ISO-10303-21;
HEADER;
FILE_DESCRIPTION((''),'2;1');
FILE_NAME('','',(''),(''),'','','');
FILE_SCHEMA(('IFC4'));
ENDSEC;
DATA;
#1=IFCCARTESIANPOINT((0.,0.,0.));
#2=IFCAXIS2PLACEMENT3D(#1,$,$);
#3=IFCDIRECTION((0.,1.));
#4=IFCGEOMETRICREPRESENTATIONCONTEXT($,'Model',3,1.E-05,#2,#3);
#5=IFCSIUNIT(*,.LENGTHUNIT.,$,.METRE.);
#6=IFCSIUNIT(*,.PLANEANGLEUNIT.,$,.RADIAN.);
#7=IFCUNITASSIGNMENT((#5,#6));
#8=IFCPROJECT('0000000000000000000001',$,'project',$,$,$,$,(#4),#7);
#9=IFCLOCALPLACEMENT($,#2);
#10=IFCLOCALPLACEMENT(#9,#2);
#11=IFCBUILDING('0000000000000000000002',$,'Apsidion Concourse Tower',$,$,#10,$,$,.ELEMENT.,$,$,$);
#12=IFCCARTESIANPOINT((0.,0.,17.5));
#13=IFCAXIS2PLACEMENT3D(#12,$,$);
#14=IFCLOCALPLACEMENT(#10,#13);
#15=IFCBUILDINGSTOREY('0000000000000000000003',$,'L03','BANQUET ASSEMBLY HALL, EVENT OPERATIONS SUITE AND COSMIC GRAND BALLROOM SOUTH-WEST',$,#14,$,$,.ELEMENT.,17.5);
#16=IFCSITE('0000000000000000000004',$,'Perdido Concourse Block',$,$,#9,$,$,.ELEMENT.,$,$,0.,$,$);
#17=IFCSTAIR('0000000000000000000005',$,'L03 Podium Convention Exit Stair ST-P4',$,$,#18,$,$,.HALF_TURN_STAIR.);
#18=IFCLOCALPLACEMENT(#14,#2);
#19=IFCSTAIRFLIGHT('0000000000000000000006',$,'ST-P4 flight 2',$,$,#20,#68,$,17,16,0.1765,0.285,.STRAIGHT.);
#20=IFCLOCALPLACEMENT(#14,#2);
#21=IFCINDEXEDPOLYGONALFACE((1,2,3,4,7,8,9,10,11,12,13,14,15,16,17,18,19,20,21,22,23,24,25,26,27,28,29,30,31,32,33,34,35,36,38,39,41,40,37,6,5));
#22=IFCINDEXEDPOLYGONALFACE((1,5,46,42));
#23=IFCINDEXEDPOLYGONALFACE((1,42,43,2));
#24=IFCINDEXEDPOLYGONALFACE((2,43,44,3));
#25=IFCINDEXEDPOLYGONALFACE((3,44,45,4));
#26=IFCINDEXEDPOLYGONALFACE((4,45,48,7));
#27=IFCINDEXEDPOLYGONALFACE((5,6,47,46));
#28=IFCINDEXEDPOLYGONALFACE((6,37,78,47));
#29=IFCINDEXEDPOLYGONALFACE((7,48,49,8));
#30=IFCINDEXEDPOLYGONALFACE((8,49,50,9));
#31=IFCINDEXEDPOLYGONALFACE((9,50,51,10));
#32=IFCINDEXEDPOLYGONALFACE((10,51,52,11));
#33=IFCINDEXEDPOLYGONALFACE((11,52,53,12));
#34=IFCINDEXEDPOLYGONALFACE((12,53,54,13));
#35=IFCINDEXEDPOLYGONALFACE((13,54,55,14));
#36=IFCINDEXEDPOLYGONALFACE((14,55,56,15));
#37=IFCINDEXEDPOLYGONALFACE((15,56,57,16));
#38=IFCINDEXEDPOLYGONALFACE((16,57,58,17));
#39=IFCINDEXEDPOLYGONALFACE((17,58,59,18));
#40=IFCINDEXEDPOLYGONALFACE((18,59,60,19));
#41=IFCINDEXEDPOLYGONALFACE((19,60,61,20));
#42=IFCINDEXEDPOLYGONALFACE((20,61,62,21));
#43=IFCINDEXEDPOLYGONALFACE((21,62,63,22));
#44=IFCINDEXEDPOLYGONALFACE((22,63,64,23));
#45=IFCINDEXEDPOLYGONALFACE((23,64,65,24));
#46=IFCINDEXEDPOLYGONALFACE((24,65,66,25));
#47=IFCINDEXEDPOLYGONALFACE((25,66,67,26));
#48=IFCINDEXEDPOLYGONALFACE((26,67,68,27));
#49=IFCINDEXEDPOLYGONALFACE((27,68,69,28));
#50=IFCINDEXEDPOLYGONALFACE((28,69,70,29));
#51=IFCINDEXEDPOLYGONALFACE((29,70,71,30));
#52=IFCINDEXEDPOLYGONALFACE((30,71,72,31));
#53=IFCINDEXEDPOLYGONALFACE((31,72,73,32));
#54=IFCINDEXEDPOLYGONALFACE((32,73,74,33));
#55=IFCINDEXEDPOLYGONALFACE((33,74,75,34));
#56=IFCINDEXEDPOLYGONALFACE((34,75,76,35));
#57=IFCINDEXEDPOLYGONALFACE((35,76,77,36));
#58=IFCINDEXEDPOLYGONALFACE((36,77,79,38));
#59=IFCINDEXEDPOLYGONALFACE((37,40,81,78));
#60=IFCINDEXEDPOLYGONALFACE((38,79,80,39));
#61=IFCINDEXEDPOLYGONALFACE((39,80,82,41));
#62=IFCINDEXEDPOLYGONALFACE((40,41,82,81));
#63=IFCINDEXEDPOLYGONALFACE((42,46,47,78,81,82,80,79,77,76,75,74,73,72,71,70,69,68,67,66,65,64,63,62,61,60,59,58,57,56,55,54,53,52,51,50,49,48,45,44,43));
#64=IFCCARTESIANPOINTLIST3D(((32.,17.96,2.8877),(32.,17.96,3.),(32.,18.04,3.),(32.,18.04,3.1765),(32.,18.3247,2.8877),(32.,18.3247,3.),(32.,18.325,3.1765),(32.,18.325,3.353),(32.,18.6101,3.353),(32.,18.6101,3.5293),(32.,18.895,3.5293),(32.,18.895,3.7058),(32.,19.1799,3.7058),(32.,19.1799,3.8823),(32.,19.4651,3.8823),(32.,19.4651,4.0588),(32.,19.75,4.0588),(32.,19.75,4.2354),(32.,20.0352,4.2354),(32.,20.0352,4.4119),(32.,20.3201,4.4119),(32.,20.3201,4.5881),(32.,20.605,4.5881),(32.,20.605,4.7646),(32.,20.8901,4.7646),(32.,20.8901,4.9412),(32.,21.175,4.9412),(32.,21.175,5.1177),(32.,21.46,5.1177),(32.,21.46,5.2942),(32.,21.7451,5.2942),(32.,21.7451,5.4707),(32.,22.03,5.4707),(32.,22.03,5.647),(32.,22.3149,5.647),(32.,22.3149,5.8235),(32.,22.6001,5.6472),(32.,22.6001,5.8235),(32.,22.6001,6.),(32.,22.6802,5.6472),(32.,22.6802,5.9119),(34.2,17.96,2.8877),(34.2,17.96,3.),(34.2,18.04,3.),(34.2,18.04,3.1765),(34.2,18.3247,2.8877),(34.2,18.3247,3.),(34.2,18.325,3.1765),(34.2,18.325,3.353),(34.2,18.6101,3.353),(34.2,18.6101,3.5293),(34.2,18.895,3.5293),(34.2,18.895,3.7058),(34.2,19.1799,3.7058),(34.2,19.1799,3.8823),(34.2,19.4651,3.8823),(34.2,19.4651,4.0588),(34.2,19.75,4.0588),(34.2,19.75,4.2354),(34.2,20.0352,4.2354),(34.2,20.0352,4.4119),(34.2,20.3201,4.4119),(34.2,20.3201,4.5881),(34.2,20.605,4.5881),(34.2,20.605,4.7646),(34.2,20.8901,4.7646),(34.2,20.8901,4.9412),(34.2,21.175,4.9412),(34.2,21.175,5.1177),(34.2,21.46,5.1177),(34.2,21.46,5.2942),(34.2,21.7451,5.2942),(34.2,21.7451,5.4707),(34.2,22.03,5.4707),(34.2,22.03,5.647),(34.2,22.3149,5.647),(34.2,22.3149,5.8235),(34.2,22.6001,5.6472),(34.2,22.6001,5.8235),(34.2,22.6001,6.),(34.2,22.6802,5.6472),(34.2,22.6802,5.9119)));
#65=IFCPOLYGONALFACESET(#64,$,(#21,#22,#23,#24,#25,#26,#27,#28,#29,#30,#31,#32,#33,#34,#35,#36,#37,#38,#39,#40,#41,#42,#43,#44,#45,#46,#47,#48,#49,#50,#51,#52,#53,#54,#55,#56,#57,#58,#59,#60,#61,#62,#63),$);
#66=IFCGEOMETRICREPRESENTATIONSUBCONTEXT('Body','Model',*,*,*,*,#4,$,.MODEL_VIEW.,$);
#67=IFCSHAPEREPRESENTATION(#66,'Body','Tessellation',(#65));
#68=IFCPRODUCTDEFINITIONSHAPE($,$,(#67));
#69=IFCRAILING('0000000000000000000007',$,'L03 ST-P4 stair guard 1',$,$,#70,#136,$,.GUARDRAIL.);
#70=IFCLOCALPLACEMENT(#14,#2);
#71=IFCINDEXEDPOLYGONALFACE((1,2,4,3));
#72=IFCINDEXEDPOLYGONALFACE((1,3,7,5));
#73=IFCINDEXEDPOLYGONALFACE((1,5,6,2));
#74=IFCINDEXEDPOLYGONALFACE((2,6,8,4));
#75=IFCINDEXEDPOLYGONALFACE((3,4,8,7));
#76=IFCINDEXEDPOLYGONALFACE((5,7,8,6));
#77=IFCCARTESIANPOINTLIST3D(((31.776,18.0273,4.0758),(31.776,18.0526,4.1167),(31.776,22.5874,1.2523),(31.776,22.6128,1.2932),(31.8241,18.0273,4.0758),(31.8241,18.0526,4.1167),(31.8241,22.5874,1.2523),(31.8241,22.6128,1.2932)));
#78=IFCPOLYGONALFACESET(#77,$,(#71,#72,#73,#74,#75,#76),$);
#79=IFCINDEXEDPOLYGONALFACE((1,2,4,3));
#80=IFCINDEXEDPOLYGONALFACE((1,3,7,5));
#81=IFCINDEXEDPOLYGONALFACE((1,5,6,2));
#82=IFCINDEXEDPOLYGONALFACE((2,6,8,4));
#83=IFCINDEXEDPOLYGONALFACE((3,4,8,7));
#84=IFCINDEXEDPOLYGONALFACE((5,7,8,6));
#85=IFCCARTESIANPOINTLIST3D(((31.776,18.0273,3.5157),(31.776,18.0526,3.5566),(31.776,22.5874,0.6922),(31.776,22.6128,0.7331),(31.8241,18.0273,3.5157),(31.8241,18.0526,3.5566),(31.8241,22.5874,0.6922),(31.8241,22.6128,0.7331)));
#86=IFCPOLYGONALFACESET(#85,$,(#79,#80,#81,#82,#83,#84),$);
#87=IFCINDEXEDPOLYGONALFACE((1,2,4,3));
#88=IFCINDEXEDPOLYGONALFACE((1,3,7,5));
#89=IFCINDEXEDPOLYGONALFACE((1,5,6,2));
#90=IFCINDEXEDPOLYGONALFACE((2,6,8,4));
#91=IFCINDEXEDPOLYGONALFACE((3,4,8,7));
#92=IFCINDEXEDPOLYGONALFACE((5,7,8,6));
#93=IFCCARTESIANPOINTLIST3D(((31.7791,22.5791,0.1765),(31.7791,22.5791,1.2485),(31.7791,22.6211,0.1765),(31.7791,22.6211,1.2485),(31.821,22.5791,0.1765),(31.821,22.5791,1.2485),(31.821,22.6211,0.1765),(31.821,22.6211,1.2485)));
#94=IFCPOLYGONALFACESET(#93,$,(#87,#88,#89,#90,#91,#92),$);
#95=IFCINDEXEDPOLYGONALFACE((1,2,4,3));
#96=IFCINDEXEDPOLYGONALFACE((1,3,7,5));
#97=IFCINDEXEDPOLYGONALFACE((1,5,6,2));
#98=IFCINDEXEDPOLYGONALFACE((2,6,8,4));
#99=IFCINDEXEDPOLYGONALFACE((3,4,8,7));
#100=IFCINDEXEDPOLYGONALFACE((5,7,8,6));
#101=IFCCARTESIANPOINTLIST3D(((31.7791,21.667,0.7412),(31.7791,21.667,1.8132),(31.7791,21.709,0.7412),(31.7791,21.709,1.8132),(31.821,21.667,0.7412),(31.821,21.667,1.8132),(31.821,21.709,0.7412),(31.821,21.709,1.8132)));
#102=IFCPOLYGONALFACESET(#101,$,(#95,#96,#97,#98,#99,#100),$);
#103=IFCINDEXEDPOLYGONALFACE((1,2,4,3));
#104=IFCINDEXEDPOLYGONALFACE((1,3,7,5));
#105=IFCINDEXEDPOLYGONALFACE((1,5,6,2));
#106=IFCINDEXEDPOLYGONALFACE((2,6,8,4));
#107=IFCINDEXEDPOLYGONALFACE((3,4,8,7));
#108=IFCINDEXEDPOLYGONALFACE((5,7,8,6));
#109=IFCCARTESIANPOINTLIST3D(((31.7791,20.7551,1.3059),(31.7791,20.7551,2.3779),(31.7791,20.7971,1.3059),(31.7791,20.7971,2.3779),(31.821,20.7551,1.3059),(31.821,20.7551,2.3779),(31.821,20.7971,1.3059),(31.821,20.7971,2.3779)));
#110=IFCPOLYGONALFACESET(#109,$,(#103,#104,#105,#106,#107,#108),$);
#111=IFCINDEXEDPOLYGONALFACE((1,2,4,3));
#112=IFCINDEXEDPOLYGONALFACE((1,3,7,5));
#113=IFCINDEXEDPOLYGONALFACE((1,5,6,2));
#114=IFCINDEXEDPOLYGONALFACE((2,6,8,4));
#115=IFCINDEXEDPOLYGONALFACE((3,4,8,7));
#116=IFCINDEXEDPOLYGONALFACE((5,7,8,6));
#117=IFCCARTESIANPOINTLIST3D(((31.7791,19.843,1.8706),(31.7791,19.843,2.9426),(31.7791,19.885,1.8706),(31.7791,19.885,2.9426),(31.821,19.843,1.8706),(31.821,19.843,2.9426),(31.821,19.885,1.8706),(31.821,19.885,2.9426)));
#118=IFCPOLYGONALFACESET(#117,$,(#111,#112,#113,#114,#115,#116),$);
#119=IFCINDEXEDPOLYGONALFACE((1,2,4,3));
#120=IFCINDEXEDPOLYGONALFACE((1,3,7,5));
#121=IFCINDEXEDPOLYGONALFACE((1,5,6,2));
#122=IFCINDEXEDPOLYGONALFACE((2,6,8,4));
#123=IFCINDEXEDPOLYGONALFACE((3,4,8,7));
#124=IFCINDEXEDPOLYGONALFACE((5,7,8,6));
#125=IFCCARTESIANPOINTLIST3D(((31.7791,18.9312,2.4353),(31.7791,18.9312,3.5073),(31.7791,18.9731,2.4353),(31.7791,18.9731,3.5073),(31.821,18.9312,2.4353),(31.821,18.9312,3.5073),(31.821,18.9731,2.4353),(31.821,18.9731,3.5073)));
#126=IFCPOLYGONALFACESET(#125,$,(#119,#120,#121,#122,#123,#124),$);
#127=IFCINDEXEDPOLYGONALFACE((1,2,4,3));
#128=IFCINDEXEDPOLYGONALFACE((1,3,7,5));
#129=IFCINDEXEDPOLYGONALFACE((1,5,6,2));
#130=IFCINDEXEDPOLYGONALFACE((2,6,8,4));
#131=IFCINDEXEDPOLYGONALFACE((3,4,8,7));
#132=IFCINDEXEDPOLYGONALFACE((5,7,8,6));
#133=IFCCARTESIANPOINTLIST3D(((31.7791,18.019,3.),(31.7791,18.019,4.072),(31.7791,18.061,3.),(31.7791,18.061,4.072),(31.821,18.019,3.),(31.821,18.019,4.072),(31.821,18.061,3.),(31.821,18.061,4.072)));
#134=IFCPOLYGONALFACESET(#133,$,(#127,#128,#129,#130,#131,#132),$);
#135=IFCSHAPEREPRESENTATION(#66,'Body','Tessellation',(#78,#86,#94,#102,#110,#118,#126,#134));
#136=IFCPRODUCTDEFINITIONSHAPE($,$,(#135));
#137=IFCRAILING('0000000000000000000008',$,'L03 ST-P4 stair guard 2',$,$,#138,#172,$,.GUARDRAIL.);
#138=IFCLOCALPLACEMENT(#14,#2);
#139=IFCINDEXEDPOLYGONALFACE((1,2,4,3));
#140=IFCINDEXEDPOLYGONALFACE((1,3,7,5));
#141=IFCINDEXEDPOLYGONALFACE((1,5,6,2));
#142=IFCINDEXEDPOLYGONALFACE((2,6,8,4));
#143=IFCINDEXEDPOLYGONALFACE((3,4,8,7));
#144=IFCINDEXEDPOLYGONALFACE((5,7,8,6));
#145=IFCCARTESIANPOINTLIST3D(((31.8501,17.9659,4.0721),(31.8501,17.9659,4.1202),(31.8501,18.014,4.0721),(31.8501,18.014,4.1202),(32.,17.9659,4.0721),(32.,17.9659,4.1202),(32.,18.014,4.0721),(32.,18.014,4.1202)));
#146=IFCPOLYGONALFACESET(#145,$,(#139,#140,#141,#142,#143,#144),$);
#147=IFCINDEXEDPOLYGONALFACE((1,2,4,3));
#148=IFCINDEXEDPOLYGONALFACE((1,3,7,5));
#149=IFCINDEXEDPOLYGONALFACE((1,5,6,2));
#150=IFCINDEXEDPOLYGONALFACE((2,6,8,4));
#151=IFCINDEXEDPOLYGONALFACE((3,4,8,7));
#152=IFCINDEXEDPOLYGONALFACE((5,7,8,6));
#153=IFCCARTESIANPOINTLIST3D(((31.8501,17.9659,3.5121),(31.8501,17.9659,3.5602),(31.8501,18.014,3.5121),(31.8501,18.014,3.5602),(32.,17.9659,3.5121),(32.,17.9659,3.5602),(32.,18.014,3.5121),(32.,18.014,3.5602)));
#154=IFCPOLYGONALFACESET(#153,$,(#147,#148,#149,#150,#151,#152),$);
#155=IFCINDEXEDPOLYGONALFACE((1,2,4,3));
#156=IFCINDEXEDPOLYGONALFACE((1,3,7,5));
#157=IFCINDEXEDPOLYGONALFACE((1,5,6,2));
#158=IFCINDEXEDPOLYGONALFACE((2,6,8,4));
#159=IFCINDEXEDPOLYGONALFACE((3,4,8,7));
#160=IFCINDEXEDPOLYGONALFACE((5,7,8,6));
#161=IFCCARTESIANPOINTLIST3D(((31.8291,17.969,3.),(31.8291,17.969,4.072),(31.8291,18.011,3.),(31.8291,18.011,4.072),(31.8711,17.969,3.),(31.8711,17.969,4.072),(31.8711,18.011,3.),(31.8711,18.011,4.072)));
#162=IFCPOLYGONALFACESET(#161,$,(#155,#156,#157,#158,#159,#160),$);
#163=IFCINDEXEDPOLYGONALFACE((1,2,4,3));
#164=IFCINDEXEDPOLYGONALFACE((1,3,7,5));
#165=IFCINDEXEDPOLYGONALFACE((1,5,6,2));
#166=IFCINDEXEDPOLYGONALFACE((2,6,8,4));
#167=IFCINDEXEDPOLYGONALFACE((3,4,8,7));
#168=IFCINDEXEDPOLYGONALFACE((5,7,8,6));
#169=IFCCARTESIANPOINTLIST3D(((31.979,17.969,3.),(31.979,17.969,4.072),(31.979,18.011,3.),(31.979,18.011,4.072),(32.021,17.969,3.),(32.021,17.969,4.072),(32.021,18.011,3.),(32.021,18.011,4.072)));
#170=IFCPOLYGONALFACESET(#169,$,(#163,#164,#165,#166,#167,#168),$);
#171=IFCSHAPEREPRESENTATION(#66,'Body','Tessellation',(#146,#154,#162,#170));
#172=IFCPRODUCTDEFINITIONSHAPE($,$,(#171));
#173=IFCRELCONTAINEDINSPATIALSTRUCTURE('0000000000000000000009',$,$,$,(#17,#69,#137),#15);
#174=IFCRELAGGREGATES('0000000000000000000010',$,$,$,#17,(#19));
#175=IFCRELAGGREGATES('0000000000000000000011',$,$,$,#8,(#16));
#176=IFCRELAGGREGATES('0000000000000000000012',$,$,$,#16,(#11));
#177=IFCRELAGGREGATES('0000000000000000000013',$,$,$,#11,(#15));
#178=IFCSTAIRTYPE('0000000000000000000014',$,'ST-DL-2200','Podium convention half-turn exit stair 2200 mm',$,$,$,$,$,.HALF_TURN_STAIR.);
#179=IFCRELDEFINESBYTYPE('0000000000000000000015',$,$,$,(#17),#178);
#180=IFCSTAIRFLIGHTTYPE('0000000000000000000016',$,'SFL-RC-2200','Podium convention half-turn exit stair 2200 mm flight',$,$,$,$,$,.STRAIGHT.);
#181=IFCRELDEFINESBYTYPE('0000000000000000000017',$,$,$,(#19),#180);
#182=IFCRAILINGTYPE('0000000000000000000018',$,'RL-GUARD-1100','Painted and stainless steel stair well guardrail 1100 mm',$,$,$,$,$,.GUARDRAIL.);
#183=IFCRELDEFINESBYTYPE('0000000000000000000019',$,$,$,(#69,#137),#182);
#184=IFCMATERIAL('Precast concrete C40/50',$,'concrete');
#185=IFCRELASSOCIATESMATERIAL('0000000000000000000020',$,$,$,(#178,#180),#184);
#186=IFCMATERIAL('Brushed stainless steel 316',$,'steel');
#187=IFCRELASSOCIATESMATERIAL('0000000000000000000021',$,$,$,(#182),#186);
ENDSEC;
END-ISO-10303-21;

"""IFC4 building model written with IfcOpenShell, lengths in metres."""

from ifc_helpers import new_model, si_unit, direction, frame, origin, origin_2d, place, context, subcontext, project, spatial, polyline, rectangle, outline, extrude, material, type_object, element, aggregate, save


model = new_model("IFC4")

# Units and contexts
model_context = context("Model", 3, precision=1e-05, world=origin(), true_north=direction((0.0, 1.0)))
body_context = subcontext(model_context, "Body", "Model", "MODEL_VIEW")
ifc_project = project(units=[si_unit("LENGTHUNIT", "METRE"), si_unit("PLANEANGLEUNIT", "RADIAN")], contexts=[model_context])

# Site, building, storey
site_placement = place(None, origin())
site = spatial("IfcSite", under=ifc_project, at=site_placement, Name="Perdido Concourse Block", CompositionType="ELEMENT", RefElevation=0.0)
building_placement = place(site_placement, origin())
building = spatial("IfcBuilding", under=site, at=building_placement, Name="Apsidion Concourse Tower", CompositionType="ELEMENT")
storey_placement = place(building_placement, frame((0.0, 0.0, 17.5)))
storey = spatial("IfcBuildingStorey", under=building, at=storey_placement, Name="L03", Description="BANQUET ASSEMBLY HALL, EVENT OPERATIONS SUITE AND COSMIC GRAND BALLROOM SOUTH-WEST", CompositionType="ELEMENT", Elevation=17.5)

# Shared definitions
ifc_material_1 = material(Name="Precast concrete C40/50", Category="concrete")

# Shared definitions
ifc_material_2 = material(Name="Brushed stainless steel 316", Category="steel")

# Stair, stair flight
stair_type = type_object("IfcStairType", Name="ST-DL-2200", Description="Podium convention half-turn exit stair 2200 mm", PredefinedType="HALF_TURN_STAIR", material=ifc_material_1)
stair_placement = place(storey_placement, origin())
stair = element("IfcStair", 1, at=stair_placement, inside=storey, type_object=stair_type, Name="L03 Podium Convention Exit Stair ST-P4", PredefinedType="HALF_TURN_STAIR")
stair_flight_type = type_object("IfcStairFlightType", Name="SFL-RC-2200", Description="Podium convention half-turn exit stair 2200 mm flight", PredefinedType="STRAIGHT", material=ifc_material_1)
stair_flight_1_placement = place(storey_placement, frame((33.1001, 18.04, 3.0), z_axis=(0.0, 0.0, 1.0), x_axis=(0.0, 1.0, 0.0)))
stair_flight_1 = element("IfcStairFlight", 2, at=stair_flight_1_placement, type_object=stair_flight_type, Name="ST-P4 flight 2", NumberOfRisers=17, NumberOfTreads=16, PredefinedType="STRAIGHT", RiserHeight=0.1765, TreadLength=0.285, context=body_context, shape_type="SweptSolid", body=[
    extrude(outline(polyline([(-0.0801, -0.1123), (-0.0801, 0.0), (0.0, 0.0), (0.0, 0.1765), (0.2849, 0.1765), (0.2849, 0.353), (0.5701, 0.353), (0.5701, 0.5293), (0.855, 0.5293), (0.855, 0.7058), (1.1399, 0.7058), (1.1399, 0.8823), (1.425, 0.8823), (1.425, 1.0588), (1.71, 1.0588), (1.71, 1.2354), (1.9951, 1.2354), (1.9951, 1.4119), (2.28, 1.4119), (2.28, 1.5881), (2.5649, 1.5881), (2.5649, 1.7646), (2.8501, 1.7646), (2.8501, 1.9412), (3.135, 1.9412), (3.135, 2.1177), (3.4199, 2.1177), (3.4199, 2.2942), (3.7051, 2.2942), (3.7051, 2.4707), (3.99, 2.4707), (3.99, 2.647), (4.2749, 2.647), (4.2749, 2.8235), (4.5601, 2.8235), (4.5601, 3.0), (4.6401, 2.9119), (4.6401, 2.6472), (4.5601, 2.6472), (0.2847, 0.0), (0.2847, -0.1123), (-0.0801, -0.1123)])), frame((0.0, 1.1001, 0.0), z_axis=(0.0, -1.0, 0.0), x_axis=(1.0, 0.0, 0.0)), (0.0, 0.0, 1.0), 2.2),
])
aggregate(stair, [stair_flight_1])

# Railings
railing_type_1 = type_object("IfcRailingType", Name="RL-GUARD-1100", Description="Painted and stainless steel stair well guardrail 1100 mm", PredefinedType="GUARDRAIL", material=ifc_material_2)
railing_1_placement = place(storey_placement, frame((31.8, 22.6001, 0.1765)))
element("IfcRailing", 3, at=railing_1_placement, inside=storey, type_object=railing_type_1, Name="L03 ST-P4 stair guard 1", PredefinedType="GUARDRAIL", context=body_context, shape_type="SweptSolid", body=[
    extrude(rectangle(XDim=0.0481, YDim=0.0481, at=origin_2d()), frame((0.0, 0.0, 1.0962), z_axis=(0.0, -0.850216, 0.526435), x_axis=(1.0, 0.0, 0.0)), (0.0, 0.0, 1.0), 5.3635),
    extrude(rectangle(XDim=0.0481, YDim=0.0481, at=origin_2d()), frame((0.0, 0.0, 0.5361), z_axis=(0.0, -0.850216, 0.526435), x_axis=(1.0, 0.0, 0.0)), (0.0, 0.0, 1.0), 5.3635),
    extrude(rectangle(XDim=0.042, YDim=0.042, at=origin_2d()), origin(), (0.0, 0.0, 1.0), 1.072),
    extrude(rectangle(XDim=0.042, YDim=0.042, at=origin_2d()), frame((0.0, -0.9121, 0.5647)), (0.0, 0.0, 1.0), 1.072),
    extrude(rectangle(XDim=0.042, YDim=0.042, at=origin_2d()), frame((0.0, -1.824, 1.1294)), (0.0, 0.0, 1.0), 1.072),
    extrude(rectangle(XDim=0.042, YDim=0.042, at=origin_2d()), frame((0.0, -2.7361, 1.6941)), (0.0, 0.0, 1.0), 1.072),
    extrude(rectangle(XDim=0.042, YDim=0.042, at=origin_2d()), frame((0.0, -3.6479, 2.2588)), (0.0, 0.0, 1.0), 1.072),
    extrude(rectangle(XDim=0.042, YDim=0.042, at=origin_2d()), frame((0.0, -4.5601, 2.8235)), (0.0, 0.0, 1.0), 1.072),
])
railing_2_placement = place(storey_placement, frame((31.8501, 17.99, 3.0)))
element("IfcRailing", 4, at=railing_2_placement, inside=storey, type_object=railing_type_1, Name="L03 ST-P4 stair guard 2", PredefinedType="GUARDRAIL", context=body_context, shape_type="SweptSolid", body=[
    extrude(rectangle(XDim=0.0481, YDim=0.0481, at=origin_2d()), frame((0.0, 0.0, 1.0962), z_axis=(1.0, 0.0, 0.0), x_axis=(0.0, 1.0, 0.0)), (0.0, 0.0, 1.0), 0.1499),
    extrude(rectangle(XDim=0.0481, YDim=0.0481, at=origin_2d()), frame((0.0, 0.0, 0.5361), z_axis=(1.0, 0.0, 0.0), x_axis=(0.0, 1.0, 0.0)), (0.0, 0.0, 1.0), 0.1499),
    extrude(rectangle(XDim=0.042, YDim=0.042, at=origin_2d()), origin(), (0.0, 0.0, 1.0), 1.072),
    extrude(rectangle(XDim=0.042, YDim=0.042, at=origin_2d()), frame((0.1499, 0.0, 0.0)), (0.0, 0.0, 1.0), 1.072),
])

save(model, "model.ifc")
